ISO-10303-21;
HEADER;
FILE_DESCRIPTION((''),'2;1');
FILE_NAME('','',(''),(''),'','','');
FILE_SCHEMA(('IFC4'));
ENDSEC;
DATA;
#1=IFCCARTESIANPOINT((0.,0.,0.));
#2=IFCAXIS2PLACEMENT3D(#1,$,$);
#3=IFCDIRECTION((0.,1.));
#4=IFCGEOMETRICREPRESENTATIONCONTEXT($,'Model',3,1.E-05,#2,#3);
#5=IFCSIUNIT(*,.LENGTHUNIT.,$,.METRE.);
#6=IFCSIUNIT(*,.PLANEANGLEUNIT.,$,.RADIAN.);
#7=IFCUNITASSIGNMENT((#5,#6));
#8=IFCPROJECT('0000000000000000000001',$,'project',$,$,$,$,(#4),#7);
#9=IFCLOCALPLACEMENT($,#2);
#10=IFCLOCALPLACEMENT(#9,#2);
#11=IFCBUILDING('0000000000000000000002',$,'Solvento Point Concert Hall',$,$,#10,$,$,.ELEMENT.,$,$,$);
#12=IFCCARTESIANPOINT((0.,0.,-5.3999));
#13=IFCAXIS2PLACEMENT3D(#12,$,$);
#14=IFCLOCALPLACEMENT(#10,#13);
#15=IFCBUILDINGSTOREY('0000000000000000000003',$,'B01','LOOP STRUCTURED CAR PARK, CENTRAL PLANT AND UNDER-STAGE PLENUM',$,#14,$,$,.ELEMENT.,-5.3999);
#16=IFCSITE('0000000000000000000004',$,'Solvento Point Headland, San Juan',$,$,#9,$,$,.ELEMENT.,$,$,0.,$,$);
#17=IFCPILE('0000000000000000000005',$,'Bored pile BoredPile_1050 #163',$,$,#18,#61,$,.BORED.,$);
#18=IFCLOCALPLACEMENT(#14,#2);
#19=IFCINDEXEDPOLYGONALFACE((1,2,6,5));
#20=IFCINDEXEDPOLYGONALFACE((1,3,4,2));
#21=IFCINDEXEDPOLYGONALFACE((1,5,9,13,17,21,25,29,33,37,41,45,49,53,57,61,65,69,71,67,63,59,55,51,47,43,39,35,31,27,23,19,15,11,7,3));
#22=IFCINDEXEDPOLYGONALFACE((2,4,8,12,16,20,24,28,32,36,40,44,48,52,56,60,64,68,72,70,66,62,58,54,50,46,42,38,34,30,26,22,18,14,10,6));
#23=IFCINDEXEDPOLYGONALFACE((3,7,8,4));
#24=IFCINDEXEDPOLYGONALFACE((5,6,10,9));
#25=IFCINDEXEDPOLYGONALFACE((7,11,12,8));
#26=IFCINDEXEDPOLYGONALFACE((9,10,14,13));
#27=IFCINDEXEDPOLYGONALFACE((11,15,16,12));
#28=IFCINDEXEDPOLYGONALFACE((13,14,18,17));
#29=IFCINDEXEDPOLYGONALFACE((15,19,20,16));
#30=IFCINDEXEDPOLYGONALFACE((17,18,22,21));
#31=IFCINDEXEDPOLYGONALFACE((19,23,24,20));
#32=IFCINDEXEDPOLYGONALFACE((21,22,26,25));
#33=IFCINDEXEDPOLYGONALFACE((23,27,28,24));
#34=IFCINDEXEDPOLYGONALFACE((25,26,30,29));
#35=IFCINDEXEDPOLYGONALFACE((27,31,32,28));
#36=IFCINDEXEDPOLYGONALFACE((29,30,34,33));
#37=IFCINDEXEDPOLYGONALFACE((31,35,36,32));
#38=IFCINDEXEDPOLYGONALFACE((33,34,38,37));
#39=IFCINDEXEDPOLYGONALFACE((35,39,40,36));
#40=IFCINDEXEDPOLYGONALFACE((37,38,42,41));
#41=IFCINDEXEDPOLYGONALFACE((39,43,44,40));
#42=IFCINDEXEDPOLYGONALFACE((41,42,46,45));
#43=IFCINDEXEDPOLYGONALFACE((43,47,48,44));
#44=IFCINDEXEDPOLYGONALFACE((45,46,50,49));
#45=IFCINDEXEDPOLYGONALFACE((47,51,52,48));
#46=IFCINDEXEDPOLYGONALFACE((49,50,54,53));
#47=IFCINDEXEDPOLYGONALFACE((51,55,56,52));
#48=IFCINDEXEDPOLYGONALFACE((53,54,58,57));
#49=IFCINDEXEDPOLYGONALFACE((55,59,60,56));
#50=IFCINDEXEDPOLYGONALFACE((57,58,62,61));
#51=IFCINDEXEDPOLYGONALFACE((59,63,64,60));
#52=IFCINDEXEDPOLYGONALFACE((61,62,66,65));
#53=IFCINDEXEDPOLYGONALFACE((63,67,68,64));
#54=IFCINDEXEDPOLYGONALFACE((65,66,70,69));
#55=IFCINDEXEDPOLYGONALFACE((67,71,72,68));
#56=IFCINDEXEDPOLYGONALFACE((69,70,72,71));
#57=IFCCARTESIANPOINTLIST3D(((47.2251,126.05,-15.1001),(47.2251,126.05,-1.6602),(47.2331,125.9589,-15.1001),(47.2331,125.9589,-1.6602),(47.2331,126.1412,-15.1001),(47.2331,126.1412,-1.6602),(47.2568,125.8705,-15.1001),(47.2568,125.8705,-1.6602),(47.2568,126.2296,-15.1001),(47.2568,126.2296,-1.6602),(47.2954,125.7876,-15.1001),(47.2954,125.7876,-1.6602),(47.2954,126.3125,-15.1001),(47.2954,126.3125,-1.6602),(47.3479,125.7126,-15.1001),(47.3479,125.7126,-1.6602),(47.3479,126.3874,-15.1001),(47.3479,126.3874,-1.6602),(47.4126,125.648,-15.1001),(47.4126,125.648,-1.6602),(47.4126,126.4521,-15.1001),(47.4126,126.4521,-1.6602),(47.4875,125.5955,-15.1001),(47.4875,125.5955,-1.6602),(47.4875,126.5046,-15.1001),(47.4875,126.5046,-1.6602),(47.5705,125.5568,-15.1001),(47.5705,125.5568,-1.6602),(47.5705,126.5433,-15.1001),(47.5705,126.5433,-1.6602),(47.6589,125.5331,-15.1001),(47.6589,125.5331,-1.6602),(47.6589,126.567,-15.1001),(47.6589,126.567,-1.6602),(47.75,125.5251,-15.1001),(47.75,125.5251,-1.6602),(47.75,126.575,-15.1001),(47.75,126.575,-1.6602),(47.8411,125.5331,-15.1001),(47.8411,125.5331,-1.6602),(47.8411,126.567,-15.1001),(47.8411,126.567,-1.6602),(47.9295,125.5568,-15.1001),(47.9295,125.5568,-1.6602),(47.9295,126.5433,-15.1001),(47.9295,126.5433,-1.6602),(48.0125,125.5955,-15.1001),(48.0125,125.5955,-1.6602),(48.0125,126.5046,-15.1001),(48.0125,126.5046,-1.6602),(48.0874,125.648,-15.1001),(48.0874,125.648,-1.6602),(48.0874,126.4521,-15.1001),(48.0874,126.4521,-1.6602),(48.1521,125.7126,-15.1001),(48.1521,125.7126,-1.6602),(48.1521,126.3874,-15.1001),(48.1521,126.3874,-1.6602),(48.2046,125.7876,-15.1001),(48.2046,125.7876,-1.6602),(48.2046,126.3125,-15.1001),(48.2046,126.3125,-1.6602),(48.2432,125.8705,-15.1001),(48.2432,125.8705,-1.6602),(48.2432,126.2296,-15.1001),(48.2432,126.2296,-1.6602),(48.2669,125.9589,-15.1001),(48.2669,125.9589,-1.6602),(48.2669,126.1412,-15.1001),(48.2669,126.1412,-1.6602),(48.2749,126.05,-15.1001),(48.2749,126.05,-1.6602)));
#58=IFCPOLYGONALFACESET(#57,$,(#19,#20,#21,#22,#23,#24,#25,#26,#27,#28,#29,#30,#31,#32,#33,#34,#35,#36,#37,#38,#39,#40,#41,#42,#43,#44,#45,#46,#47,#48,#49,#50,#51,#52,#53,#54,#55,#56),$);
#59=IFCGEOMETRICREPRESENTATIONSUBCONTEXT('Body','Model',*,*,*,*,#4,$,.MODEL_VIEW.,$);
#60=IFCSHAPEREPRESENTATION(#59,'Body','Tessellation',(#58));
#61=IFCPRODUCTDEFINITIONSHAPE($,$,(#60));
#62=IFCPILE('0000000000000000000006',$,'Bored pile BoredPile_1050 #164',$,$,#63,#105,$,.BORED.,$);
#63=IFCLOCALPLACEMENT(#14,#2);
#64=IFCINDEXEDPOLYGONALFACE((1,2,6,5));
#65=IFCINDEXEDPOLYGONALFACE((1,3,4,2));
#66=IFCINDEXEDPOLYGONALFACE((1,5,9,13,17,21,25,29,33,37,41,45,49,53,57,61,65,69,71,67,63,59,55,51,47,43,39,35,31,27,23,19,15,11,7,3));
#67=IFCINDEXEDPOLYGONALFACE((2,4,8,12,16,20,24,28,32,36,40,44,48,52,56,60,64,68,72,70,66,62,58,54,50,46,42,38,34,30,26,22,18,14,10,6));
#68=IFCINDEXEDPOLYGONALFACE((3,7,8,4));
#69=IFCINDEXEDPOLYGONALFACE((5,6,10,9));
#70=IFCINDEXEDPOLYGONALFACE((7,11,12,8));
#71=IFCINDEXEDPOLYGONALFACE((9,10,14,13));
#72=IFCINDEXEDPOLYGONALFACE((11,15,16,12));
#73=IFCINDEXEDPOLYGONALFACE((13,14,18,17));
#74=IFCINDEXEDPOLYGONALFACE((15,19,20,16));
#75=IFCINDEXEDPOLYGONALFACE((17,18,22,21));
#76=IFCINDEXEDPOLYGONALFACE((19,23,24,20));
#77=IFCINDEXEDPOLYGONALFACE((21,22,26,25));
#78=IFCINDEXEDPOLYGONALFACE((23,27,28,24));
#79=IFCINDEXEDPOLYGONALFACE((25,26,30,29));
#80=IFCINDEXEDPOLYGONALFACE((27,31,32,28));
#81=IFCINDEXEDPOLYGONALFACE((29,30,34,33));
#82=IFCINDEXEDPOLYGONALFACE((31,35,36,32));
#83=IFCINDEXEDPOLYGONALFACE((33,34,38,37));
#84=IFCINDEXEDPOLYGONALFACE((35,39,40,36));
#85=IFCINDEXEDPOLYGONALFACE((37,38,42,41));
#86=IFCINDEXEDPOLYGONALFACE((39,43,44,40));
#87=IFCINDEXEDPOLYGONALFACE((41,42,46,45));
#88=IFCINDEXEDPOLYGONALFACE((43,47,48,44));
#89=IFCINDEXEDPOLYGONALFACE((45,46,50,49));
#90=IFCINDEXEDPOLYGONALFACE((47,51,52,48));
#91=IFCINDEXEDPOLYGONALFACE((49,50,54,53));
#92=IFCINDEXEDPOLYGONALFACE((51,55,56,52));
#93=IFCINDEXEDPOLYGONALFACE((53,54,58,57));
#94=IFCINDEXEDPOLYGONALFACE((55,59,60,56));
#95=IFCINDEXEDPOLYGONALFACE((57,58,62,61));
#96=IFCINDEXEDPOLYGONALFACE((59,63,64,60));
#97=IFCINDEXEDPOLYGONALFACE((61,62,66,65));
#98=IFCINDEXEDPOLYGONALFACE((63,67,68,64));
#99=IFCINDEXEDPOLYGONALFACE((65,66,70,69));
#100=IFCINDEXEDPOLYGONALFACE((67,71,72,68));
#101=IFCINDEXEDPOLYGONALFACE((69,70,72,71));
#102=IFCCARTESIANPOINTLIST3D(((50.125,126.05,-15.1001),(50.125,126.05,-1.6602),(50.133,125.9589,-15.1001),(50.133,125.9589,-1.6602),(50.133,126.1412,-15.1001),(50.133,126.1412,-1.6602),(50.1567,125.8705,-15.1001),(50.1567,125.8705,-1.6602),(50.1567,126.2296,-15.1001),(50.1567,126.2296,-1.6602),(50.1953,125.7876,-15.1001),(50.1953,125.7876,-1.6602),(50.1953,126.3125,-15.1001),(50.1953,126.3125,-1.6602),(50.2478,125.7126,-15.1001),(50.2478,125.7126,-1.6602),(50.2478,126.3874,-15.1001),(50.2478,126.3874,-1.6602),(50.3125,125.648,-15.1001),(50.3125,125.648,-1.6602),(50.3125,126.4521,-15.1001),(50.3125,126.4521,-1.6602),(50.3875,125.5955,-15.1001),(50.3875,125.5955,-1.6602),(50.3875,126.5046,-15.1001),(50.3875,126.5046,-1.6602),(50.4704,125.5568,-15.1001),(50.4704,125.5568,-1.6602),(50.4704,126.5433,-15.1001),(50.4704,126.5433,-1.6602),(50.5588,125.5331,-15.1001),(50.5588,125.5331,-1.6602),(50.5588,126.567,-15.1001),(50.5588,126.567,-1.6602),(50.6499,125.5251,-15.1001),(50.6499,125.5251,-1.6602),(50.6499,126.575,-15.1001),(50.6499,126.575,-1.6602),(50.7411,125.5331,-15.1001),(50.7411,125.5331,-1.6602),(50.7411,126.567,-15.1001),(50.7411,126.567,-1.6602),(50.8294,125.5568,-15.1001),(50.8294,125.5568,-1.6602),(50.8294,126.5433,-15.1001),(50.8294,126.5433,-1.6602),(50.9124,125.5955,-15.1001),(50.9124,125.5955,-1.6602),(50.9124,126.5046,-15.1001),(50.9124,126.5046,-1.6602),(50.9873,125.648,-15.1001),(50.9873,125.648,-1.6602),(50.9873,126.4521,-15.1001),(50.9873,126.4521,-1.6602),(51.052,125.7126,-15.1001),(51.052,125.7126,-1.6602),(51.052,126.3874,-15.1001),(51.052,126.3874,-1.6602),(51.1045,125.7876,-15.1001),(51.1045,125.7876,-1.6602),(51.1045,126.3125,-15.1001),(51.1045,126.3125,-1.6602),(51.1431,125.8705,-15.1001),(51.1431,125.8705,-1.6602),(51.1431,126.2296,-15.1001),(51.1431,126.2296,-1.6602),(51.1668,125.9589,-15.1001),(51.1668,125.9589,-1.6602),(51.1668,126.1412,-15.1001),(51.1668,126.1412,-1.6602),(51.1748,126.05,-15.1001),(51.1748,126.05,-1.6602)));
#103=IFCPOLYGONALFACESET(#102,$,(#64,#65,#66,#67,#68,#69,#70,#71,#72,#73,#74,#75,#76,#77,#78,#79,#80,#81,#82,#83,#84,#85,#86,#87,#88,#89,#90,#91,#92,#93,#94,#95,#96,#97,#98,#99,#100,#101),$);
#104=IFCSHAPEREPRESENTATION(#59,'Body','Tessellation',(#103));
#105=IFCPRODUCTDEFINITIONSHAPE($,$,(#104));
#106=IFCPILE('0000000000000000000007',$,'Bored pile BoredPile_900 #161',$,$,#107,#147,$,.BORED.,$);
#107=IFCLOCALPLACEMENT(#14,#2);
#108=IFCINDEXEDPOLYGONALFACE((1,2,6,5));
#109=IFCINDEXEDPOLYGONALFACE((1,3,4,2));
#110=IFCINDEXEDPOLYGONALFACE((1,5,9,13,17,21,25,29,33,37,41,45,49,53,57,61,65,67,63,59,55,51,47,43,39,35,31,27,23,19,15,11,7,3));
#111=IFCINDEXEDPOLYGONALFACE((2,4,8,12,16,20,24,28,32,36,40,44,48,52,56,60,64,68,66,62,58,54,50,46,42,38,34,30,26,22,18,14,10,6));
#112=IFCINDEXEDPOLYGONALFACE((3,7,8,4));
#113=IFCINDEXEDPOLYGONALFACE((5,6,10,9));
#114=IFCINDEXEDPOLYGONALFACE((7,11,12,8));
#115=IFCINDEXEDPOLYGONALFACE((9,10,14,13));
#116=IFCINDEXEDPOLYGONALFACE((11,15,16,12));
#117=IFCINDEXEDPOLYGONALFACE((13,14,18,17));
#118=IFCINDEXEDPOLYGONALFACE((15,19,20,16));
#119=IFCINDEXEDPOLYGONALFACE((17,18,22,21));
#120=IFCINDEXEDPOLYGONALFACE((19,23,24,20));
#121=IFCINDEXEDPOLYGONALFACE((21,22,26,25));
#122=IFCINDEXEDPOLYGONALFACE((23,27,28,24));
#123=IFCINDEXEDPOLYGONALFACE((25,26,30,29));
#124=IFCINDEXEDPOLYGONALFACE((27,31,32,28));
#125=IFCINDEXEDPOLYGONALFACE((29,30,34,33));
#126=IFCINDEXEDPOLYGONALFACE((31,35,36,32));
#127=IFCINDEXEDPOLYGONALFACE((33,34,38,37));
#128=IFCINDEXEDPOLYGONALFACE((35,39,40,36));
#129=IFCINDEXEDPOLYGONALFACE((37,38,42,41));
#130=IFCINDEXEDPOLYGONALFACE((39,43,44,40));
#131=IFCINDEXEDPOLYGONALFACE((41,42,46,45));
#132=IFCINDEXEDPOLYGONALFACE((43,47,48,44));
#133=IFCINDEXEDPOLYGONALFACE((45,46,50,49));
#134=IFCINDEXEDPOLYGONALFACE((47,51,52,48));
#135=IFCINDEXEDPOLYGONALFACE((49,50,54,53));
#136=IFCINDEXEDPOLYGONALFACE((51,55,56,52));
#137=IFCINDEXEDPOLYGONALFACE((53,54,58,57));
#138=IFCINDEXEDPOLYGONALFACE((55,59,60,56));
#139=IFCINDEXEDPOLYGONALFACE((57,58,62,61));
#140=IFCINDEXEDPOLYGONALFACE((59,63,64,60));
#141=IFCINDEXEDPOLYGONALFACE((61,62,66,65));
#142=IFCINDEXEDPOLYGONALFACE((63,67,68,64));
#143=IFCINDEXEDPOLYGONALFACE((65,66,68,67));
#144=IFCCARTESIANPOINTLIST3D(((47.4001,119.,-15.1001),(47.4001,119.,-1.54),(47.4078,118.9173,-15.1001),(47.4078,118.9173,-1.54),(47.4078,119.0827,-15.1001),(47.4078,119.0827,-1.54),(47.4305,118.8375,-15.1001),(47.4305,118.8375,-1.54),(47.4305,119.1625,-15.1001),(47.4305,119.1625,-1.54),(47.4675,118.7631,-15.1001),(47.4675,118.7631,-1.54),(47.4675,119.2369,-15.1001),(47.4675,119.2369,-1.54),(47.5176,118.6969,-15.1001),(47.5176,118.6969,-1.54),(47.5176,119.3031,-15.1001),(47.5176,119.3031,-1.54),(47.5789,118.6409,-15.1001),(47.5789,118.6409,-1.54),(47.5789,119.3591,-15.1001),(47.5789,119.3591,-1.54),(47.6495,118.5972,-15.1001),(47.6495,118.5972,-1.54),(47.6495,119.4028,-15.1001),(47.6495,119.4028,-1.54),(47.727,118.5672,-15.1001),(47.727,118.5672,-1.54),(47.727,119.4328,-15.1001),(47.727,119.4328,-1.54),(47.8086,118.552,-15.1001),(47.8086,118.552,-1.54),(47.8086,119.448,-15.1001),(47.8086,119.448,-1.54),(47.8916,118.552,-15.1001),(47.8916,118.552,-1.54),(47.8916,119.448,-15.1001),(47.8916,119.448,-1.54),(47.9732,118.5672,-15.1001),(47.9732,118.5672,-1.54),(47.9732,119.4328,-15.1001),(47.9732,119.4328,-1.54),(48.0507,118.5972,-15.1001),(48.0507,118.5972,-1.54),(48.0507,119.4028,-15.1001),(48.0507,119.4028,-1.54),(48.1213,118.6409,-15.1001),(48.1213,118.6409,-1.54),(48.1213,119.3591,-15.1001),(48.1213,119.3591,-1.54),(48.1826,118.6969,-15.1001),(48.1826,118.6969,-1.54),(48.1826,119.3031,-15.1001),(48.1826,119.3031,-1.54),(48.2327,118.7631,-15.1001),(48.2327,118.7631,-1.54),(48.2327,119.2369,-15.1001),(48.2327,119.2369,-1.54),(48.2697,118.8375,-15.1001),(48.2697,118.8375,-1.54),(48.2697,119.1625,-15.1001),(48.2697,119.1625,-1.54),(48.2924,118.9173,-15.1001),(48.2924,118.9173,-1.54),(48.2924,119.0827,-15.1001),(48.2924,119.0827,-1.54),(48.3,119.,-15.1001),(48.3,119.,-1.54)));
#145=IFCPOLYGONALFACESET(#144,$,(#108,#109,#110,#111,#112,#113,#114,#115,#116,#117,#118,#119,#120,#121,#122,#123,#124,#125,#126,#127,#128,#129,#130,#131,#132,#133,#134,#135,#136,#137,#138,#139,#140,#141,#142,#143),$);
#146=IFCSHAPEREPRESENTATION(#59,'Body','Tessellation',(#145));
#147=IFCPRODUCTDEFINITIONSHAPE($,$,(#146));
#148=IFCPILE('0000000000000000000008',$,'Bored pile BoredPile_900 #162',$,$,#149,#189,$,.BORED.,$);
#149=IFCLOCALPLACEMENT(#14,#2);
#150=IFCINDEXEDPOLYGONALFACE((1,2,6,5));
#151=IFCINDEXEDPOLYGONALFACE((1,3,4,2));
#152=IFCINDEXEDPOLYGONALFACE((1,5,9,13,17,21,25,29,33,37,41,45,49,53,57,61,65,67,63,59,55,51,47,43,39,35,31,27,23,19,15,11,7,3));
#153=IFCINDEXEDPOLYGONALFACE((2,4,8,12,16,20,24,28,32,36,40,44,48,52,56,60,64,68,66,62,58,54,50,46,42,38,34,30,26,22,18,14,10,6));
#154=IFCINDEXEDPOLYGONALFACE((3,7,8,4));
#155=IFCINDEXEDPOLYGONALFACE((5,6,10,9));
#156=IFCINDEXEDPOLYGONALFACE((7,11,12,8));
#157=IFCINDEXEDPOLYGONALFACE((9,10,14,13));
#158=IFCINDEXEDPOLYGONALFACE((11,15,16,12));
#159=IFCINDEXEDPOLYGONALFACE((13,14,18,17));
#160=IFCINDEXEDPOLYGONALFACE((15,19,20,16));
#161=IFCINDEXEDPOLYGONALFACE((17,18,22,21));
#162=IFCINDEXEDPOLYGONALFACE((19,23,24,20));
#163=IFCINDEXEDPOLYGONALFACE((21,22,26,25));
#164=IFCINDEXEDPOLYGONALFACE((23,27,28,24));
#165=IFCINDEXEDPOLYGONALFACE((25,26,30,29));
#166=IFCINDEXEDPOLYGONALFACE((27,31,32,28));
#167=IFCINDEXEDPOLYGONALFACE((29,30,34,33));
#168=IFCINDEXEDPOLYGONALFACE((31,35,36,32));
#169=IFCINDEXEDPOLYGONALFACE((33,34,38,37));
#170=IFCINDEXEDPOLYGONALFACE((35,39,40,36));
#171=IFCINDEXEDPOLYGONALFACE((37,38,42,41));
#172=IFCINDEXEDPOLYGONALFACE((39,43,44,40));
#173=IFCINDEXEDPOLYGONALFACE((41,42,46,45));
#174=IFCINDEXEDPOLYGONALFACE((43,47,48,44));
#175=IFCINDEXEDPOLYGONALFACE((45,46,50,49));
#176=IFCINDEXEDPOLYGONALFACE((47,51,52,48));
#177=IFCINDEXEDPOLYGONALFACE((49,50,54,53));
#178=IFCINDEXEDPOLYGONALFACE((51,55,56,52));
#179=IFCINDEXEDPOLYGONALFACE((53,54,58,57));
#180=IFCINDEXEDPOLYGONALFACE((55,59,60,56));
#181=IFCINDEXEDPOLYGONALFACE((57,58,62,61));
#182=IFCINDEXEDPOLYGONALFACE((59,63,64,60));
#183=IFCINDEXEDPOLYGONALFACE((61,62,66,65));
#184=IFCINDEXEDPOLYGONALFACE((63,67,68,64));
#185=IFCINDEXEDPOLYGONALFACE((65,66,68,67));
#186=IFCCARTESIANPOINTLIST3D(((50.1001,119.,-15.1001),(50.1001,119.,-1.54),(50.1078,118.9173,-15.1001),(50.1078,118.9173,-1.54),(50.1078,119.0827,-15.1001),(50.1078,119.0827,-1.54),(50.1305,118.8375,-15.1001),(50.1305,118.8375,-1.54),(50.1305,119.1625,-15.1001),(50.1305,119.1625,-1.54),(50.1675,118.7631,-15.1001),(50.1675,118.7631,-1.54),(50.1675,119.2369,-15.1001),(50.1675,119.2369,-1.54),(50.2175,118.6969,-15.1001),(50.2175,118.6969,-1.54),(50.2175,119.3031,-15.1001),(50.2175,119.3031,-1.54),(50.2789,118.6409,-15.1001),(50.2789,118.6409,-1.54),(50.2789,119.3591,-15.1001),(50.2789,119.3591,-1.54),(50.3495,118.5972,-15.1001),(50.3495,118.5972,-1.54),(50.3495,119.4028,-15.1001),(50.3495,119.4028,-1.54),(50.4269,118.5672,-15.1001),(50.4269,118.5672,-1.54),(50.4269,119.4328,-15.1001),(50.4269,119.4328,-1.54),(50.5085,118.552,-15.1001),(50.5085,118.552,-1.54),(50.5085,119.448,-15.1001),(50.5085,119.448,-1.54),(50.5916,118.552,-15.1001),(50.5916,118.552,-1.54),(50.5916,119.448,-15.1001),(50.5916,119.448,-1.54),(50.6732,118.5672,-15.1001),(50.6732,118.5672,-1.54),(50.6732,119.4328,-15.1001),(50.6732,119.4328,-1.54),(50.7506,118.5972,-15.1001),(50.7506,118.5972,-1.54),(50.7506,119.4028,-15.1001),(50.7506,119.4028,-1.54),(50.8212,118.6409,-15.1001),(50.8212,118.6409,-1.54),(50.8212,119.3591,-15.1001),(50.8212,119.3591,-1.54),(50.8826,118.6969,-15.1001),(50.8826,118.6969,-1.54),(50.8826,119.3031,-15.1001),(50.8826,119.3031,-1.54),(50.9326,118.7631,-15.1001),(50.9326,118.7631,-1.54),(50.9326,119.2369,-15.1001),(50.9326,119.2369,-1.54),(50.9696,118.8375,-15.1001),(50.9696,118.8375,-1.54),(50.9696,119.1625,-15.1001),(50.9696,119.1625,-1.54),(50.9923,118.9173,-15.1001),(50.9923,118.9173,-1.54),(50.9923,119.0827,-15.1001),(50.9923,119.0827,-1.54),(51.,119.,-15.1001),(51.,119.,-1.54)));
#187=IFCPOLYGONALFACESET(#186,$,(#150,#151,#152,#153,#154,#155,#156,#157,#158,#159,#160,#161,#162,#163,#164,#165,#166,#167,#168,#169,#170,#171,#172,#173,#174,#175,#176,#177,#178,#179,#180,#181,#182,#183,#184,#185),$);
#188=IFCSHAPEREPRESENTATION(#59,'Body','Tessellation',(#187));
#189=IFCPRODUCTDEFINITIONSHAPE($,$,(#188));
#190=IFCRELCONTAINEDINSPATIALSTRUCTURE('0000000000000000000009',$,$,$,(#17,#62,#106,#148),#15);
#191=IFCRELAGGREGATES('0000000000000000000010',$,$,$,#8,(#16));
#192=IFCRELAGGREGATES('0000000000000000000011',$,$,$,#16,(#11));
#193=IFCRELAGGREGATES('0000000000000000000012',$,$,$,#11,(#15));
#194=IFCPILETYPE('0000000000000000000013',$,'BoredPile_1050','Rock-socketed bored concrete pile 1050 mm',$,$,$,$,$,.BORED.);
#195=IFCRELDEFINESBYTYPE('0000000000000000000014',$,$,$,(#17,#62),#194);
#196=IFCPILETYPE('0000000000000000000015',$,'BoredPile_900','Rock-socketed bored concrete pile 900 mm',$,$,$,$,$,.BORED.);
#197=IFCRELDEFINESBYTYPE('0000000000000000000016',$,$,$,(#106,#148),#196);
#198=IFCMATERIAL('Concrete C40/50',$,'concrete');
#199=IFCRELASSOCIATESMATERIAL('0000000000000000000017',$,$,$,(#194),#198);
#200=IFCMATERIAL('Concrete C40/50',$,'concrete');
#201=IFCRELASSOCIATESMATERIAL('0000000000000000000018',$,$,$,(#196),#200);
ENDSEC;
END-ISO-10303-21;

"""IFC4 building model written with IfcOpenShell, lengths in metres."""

from ifc_helpers import new_model, si_unit, direction, frame, origin, origin_2d, place, context, subcontext, project, spatial, circle, extrude, material, material_profile, profile_set, type_object, element, save


model = new_model("IFC4")

# Units and contexts
model_context = context("Model", 3, precision=1e-05, world=origin(), true_north=direction((0.0, 1.0)))
body_context = subcontext(model_context, "Body", "Model", "MODEL_VIEW")
ifc_project = project(units=[si_unit("LENGTHUNIT", "METRE"), si_unit("PLANEANGLEUNIT", "RADIAN")], contexts=[model_context])

# Site, building, storey
site_placement = place(None, origin())
site = spatial("IfcSite", under=ifc_project, at=site_placement, Name="Solvento Point Headland, San Juan", CompositionType="ELEMENT", RefElevation=0.0)
building_placement = place(site_placement, origin())
building = spatial("IfcBuilding", under=site, at=building_placement, Name="Solvento Point Concert Hall", CompositionType="ELEMENT")
storey_placement = place(building_placement, frame((0.0, 0.0, -5.3999)))
storey = spatial("IfcBuildingStorey", under=building, at=storey_placement, Name="B01", Description="LOOP STRUCTURED CAR PARK, CENTRAL PLANT AND UNDER-STAGE PLENUM", CompositionType="ELEMENT", Elevation=-5.3999)

# Piles
ifc_material_1 = material(Name="Concrete C40/50", Category="concrete")
ifc_material_profile_1 = material_profile(ifc_material_1, circle(Radius=0.5249, at=origin_2d()), Name="BP-1050")
ifc_profile_set_1 = profile_set([ifc_material_profile_1], Name="Concrete C40/50")
pile_type_1 = type_object("IfcPileType", Name="BoredPile_1050", Description="Rock-socketed bored concrete pile 1050 mm", PredefinedType="BORED", material=ifc_profile_set_1)
for number, where, z_axis, x_axis, name in (
    (1, (47.75, 126.05, -1.6602), (0.0, 0.0, -1.0), (1.0, 0.0, 0.0), "Bored pile BoredPile_1050 #163"),
    (2, (50.6499, 126.05, -1.6602), (0.0, 0.0, -1.0), (1.0, 0.0, 0.0), "Bored pile BoredPile_1050 #164"),
):
    element("IfcPile", number, at=place(storey_placement, frame(where, z_axis=z_axis, x_axis=x_axis)), inside=storey, type_object=pile_type_1, Name=name, PredefinedType="BORED", context=body_context, shape_type="SweptSolid", body=[
        extrude(circle(Radius=0.5249, at=origin_2d()), origin(), (0.0, 0.0, 1.0), 13.4399),
    ])
ifc_material_2 = material(Name="Concrete C40/50", Category="concrete")
ifc_material_profile_2 = material_profile(ifc_material_2, circle(Radius=0.45, at=origin_2d()), Name="BP-900")
ifc_profile_set_2 = profile_set([ifc_material_profile_2], Name="Concrete C40/50")
pile_type_2 = type_object("IfcPileType", Name="BoredPile_900", Description="Rock-socketed bored concrete pile 900 mm", PredefinedType="BORED", material=ifc_profile_set_2)
for number, where, z_axis, x_axis, name in (
    (3, (47.8501, 119.0, -1.54), (0.0, 0.0, -1.0), (1.0, 0.0, 0.0), "Bored pile BoredPile_900 #161"),
    (4, (50.55, 119.0, -1.54), (0.0, 0.0, -1.0), (1.0, 0.0, 0.0), "Bored pile BoredPile_900 #162"),
):
    element("IfcPile", number, at=place(storey_placement, frame(where, z_axis=z_axis, x_axis=x_axis)), inside=storey, type_object=pile_type_2, Name=name, PredefinedType="BORED", context=body_context, shape_type="SweptSolid", body=[
        extrude(circle(Radius=0.45, at=origin_2d()), origin(), (0.0, 0.0, 1.0), 13.5601),
    ])

save(model, "model.ifc")
